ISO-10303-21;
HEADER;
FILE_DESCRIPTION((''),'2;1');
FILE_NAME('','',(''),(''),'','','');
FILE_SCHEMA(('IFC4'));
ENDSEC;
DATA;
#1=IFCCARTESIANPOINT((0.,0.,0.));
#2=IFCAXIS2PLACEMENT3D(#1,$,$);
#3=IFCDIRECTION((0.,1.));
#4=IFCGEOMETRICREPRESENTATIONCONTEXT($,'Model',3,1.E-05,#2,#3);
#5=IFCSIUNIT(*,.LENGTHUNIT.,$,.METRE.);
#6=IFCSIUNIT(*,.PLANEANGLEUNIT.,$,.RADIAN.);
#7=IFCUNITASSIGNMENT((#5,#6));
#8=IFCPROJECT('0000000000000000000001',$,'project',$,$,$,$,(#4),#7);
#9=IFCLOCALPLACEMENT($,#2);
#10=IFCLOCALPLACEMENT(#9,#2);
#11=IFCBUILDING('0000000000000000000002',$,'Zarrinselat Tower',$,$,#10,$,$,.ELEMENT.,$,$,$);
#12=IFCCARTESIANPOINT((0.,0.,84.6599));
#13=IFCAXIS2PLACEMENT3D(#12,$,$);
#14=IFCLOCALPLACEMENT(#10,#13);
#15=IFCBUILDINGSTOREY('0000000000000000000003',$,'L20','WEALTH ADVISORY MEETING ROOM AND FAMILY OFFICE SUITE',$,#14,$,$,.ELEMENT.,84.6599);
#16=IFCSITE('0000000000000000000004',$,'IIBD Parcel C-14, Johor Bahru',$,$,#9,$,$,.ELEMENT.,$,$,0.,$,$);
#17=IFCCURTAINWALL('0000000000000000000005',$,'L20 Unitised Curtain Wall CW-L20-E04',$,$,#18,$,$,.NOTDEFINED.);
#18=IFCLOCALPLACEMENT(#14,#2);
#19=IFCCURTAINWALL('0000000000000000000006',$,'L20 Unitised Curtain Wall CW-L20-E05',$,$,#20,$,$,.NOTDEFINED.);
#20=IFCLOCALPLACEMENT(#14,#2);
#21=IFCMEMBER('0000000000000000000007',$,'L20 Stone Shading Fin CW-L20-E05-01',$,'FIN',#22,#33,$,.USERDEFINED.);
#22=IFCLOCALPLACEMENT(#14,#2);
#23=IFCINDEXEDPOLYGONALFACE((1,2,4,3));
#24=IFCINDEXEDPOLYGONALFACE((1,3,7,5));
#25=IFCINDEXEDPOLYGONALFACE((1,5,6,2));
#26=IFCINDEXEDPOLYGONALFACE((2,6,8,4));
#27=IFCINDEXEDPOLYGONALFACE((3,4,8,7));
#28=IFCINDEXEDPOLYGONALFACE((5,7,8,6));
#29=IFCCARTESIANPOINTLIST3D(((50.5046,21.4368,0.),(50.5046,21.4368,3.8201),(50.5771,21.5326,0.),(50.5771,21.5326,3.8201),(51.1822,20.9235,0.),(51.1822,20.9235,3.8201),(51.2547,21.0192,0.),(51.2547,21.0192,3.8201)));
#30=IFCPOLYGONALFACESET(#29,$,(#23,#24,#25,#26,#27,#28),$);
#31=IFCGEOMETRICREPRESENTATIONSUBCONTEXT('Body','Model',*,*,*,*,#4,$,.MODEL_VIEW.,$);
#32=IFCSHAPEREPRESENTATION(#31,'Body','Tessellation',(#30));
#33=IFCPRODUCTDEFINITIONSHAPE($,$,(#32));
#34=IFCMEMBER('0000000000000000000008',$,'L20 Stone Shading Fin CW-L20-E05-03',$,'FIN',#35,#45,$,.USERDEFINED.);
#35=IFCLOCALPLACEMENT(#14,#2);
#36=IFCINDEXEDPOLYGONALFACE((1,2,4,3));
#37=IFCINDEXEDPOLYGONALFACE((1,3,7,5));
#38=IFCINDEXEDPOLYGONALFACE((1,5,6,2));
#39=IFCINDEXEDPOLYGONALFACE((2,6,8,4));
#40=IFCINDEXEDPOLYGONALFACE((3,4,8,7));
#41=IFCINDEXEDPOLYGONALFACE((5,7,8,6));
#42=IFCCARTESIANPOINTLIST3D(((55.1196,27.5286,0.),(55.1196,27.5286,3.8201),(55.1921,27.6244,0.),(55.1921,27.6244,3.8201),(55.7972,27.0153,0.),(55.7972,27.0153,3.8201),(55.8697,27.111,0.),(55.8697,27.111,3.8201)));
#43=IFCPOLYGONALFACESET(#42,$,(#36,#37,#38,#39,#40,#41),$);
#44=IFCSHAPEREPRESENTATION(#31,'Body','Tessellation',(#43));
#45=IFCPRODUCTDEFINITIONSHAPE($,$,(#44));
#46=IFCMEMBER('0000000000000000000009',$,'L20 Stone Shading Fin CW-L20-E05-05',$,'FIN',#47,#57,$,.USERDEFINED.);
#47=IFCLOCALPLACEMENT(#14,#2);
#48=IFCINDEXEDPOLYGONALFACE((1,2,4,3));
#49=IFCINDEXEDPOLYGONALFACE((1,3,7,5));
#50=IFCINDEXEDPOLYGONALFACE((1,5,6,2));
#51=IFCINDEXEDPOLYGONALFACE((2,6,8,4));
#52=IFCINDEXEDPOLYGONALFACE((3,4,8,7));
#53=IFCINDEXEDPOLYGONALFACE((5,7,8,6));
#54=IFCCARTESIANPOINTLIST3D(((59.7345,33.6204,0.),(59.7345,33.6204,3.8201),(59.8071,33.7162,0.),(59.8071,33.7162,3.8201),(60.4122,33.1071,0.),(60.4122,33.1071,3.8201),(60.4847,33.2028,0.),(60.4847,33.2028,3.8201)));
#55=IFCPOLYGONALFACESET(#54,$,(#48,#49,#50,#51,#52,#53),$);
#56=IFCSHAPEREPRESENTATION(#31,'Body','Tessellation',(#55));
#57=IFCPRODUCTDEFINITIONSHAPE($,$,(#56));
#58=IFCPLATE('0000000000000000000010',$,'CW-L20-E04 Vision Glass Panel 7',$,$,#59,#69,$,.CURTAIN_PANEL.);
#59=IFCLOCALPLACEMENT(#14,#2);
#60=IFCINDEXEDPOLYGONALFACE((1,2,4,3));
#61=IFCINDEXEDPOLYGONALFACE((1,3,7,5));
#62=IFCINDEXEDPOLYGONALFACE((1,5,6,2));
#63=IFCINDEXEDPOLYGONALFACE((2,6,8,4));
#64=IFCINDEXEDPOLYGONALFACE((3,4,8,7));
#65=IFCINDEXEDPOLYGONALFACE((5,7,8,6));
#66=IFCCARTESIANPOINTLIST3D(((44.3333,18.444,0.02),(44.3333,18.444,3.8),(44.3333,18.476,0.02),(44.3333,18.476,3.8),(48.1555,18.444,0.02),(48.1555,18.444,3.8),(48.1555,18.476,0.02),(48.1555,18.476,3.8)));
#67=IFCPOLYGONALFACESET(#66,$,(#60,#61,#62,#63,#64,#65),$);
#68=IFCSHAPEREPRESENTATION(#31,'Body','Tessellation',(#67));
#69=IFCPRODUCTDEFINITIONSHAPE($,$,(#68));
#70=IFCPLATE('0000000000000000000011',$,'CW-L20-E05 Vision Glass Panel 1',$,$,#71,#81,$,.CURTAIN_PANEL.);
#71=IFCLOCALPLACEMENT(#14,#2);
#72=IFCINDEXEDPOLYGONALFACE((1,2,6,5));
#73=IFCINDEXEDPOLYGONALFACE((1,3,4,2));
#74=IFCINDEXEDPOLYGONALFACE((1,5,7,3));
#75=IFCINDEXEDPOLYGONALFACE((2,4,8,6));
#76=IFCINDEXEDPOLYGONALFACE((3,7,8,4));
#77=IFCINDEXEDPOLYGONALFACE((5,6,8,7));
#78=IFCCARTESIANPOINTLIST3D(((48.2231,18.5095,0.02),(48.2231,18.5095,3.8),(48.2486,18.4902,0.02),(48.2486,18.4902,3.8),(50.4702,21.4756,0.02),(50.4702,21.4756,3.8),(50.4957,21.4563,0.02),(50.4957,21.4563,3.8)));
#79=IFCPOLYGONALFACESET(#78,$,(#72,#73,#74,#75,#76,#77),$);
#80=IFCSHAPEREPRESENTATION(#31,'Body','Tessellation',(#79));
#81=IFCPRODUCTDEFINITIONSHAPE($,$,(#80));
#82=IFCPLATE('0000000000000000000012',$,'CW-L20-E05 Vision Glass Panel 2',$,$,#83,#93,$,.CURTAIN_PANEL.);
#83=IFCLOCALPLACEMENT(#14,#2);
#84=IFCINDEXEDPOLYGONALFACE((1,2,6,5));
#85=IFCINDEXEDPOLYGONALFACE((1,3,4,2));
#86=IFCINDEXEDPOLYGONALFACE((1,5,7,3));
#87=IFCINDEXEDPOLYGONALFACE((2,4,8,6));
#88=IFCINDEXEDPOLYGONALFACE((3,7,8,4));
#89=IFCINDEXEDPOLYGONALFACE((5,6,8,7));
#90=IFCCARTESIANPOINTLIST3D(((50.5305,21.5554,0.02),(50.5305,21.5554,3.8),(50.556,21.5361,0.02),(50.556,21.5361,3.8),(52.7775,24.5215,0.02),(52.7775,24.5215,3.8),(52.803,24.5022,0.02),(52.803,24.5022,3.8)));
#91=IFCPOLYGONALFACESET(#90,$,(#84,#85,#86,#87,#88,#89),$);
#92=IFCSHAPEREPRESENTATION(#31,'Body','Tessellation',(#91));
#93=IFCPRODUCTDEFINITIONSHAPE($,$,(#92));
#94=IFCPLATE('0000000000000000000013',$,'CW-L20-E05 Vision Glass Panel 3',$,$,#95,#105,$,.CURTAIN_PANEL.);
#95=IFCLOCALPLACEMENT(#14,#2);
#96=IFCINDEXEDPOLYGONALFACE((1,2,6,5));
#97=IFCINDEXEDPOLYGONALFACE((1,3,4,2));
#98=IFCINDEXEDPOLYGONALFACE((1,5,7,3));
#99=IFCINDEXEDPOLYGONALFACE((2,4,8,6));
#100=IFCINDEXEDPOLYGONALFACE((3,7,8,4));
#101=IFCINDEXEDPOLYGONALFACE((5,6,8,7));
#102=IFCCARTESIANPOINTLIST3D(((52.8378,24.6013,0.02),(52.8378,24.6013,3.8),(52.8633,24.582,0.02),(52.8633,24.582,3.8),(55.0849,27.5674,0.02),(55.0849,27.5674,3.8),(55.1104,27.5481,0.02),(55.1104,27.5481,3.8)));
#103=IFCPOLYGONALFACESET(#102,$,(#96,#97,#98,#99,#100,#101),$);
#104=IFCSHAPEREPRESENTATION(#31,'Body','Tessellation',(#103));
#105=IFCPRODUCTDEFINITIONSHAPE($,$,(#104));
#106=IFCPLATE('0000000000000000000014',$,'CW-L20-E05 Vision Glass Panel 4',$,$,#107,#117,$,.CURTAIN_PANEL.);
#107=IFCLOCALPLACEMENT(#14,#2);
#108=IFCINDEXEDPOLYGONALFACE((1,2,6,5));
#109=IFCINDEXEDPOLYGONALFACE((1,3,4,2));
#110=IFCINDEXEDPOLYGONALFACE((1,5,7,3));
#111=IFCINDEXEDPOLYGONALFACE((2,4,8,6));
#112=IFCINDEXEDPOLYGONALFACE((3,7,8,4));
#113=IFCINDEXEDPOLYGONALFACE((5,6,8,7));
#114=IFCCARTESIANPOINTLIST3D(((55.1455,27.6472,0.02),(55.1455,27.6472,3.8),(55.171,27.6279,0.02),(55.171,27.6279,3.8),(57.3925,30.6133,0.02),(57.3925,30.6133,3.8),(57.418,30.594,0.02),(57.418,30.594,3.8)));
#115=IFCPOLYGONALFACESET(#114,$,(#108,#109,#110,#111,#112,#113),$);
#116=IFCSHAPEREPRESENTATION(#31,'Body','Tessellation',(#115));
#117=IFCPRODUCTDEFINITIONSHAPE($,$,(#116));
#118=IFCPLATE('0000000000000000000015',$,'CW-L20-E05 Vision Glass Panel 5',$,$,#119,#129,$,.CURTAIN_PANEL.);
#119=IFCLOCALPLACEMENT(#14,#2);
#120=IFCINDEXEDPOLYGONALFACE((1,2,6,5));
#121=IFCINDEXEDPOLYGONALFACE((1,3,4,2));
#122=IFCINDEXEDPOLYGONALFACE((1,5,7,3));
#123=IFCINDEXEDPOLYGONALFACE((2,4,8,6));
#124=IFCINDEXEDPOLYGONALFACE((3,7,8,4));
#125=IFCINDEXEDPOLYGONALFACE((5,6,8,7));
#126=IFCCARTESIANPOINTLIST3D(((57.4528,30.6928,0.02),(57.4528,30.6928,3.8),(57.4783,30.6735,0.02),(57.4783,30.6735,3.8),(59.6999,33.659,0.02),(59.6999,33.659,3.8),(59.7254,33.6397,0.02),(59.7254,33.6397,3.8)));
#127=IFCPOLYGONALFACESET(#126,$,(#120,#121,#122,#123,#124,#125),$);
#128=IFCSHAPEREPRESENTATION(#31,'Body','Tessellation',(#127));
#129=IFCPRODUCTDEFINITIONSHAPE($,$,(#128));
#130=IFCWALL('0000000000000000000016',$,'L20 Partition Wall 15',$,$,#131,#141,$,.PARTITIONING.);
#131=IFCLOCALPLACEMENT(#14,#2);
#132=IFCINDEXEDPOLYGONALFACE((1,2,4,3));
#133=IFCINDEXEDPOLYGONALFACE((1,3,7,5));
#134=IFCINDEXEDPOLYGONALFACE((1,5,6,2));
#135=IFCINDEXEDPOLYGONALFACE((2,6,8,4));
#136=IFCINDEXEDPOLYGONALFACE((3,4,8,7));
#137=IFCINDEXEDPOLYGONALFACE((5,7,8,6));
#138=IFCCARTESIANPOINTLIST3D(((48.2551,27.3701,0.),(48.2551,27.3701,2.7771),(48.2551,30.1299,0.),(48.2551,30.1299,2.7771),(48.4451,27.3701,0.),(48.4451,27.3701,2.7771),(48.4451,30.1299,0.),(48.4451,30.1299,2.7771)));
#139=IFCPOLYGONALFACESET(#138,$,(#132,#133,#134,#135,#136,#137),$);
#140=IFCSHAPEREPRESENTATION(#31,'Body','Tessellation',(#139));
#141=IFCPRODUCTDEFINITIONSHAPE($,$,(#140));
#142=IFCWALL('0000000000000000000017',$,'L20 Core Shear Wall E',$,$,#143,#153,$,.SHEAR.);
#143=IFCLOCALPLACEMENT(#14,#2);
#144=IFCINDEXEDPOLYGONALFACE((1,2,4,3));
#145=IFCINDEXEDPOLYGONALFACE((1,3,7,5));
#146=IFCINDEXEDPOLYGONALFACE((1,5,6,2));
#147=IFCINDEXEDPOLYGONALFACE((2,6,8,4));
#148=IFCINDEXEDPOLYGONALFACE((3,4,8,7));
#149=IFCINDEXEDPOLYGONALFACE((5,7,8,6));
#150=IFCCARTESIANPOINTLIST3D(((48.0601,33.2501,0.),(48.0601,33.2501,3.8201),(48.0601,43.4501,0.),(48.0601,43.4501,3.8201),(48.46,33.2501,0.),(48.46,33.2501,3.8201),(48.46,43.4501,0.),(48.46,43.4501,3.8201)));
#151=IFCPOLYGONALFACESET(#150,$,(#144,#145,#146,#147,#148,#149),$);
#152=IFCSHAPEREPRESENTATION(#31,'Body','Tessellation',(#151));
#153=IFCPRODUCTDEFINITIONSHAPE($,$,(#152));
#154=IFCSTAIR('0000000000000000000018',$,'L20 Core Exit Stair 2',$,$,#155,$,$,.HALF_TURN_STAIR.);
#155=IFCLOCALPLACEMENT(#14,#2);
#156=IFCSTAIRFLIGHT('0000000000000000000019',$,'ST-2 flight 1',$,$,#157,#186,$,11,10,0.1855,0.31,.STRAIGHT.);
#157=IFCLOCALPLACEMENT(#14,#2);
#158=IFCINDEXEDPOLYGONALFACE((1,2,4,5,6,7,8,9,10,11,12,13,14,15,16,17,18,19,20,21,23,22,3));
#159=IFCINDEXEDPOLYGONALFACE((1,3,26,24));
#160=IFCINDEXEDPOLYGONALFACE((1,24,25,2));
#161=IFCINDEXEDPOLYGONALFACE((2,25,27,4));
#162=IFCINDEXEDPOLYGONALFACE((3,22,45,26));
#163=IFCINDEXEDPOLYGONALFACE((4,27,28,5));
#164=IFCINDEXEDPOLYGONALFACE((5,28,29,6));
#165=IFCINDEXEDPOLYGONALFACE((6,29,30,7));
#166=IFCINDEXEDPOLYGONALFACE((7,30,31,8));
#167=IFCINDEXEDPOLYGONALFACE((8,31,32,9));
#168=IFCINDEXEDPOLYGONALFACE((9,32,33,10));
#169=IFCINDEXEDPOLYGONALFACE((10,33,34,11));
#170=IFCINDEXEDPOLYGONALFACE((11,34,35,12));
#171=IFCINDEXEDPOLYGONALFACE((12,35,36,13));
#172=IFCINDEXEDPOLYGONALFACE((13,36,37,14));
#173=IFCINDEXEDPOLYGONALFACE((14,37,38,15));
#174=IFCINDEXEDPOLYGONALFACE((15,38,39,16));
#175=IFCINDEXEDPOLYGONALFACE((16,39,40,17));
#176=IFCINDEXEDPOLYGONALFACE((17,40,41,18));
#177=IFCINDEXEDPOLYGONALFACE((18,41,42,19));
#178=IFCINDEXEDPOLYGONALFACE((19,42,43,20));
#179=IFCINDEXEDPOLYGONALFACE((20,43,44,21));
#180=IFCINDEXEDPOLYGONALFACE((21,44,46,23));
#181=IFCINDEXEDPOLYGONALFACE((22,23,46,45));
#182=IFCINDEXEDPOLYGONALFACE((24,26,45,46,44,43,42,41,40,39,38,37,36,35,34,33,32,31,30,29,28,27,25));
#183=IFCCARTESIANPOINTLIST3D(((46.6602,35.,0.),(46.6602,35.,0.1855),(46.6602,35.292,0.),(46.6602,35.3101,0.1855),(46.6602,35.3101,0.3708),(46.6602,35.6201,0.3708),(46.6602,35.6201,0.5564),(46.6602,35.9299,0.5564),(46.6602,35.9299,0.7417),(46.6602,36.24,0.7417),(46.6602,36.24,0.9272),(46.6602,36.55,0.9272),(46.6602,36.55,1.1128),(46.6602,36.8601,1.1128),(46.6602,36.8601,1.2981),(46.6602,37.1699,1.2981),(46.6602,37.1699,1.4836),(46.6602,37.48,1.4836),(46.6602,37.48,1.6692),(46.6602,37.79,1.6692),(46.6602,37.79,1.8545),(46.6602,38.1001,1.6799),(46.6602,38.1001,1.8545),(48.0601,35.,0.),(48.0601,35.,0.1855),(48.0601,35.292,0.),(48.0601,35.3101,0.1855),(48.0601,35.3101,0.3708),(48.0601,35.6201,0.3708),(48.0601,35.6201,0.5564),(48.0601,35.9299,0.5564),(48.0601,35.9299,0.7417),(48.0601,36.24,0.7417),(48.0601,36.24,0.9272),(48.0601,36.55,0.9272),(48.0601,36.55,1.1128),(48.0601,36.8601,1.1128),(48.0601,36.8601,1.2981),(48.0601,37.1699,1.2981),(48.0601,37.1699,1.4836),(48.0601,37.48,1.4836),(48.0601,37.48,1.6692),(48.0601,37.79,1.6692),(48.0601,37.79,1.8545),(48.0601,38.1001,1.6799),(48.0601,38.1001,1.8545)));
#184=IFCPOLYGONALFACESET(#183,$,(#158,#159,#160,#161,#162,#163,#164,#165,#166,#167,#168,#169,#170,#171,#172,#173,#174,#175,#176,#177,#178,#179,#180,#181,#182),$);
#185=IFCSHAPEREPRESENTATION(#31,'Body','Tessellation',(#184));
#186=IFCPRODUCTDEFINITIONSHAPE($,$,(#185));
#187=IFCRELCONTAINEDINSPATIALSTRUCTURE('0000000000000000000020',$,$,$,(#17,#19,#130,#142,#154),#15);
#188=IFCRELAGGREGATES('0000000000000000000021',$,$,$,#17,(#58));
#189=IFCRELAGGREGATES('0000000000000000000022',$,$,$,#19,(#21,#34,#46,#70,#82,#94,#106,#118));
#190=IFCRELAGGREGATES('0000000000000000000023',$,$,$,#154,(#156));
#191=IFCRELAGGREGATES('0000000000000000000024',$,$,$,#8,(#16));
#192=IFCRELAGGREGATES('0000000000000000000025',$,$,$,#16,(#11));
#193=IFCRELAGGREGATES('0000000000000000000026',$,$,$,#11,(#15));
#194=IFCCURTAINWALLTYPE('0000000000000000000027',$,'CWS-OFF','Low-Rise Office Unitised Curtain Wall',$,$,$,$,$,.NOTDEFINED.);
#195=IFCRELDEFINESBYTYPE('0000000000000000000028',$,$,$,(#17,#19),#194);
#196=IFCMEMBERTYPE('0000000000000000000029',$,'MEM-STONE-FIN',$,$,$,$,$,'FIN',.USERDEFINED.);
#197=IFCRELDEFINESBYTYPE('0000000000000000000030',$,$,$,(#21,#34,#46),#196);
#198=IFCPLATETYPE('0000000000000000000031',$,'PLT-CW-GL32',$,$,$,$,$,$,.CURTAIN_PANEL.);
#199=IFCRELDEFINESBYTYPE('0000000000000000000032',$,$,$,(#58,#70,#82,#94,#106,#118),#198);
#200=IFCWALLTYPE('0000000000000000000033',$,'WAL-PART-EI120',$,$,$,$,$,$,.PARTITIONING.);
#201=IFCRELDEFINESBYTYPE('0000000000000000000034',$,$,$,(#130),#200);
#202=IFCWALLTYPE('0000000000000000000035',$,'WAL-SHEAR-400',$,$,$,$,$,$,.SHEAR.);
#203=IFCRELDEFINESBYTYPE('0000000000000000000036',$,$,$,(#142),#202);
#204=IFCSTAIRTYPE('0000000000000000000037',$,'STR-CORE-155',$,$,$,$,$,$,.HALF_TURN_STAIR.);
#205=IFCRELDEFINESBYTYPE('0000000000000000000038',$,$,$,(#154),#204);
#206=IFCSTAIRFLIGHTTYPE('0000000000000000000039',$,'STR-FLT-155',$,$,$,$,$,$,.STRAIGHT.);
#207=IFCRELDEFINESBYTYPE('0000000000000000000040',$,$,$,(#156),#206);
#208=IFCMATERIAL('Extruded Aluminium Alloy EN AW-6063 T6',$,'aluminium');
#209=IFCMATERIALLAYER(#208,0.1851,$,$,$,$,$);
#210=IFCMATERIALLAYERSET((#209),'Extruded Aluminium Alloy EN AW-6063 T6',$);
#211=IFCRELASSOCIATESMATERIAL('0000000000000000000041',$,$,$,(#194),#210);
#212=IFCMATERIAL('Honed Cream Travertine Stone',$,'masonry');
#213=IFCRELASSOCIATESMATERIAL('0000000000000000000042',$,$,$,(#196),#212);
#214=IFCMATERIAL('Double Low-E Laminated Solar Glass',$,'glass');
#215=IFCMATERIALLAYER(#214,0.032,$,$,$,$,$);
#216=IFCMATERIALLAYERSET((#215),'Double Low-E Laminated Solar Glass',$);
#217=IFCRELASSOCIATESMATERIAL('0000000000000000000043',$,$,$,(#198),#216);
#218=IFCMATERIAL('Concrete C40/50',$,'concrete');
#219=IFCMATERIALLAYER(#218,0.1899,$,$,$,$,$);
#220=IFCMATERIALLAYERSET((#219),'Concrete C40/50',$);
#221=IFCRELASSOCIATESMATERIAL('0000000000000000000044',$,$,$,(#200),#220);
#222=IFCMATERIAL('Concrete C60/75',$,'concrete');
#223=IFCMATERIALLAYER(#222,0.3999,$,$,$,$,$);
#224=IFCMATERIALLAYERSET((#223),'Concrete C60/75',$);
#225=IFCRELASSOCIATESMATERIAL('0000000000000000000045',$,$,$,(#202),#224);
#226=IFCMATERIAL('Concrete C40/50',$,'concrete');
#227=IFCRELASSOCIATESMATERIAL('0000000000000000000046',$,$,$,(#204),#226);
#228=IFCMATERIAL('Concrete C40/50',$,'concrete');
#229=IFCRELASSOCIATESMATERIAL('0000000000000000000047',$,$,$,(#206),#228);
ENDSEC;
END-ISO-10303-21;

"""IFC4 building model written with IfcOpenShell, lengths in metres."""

from ifc_helpers import new_model, si_unit, direction, frame, frame_2d, origin, origin_2d, place, context, subcontext, project, spatial, polyline, rectangle, outline, extrude, material, layer, layer_set, material_profile, profile_set, type_object, element, aggregate, save


model = new_model("IFC4")

# Units and contexts
model_context = context("Model", 3, precision=1e-05, world=origin(), true_north=direction((0.0, 1.0)))
body_context = subcontext(model_context, "Body", "Model", "MODEL_VIEW")
ifc_project = project(units=[si_unit("LENGTHUNIT", "METRE"), si_unit("PLANEANGLEUNIT", "RADIAN")], contexts=[model_context])

# Site, building, storey
site_placement = place(None, origin())
site = spatial("IfcSite", under=ifc_project, at=site_placement, Name="IIBD Parcel C-14, Johor Bahru", CompositionType="ELEMENT", RefElevation=0.0)
building_placement = place(site_placement, origin())
building = spatial("IfcBuilding", under=site, at=building_placement, Name="Zarrinselat Tower", CompositionType="ELEMENT")
storey_placement = place(building_placement, frame((0.0, 0.0, 84.6599)))
storey = spatial("IfcBuildingStorey", under=building, at=storey_placement, Name="L20", Description="WEALTH ADVISORY MEETING ROOM AND FAMILY OFFICE SUITE", CompositionType="ELEMENT", Elevation=84.6599)

# Curtain wall
ifc_material_1 = material(Name="Extruded Aluminium Alloy EN AW-6063 T6", Category="aluminium")
ifc_layer_1 = layer(ifc_material_1, 0.1851)
ifc_layer_set_1 = layer_set([ifc_layer_1], Name="Extruded Aluminium Alloy EN AW-6063 T6")
curtain_wall_type = type_object("IfcCurtainWallType", Name="CWS-OFF", Description="Low-Rise Office Unitised Curtain Wall", PredefinedType="NOTDEFINED", material=ifc_layer_set_1)
curtain_wall_1_placement = place(storey_placement, origin())
curtain_wall_1 = element("IfcCurtainWall", 1, at=curtain_wall_1_placement, inside=storey, type_object=curtain_wall_type, Name="L20 Unitised Curtain Wall CW-L20-E04", PredefinedType="NOTDEFINED")

# Curtain wall, members
curtain_wall_2_placement = place(storey_placement, origin())
curtain_wall_2 = element("IfcCurtainWall", 2, at=curtain_wall_2_placement, inside=storey, type_object=curtain_wall_type, Name="L20 Unitised Curtain Wall CW-L20-E05", PredefinedType="NOTDEFINED")
ifc_material_2 = material(Name="Honed Cream Travertine Stone", Category="masonry")
ifc_material_profile_1 = material_profile(ifc_material_2, rectangle(XDim=0.1201, YDim=0.8501, at=origin_2d()), Name="FIN 850x120")
ifc_profile_set_1 = profile_set([ifc_material_profile_1], Name="Honed Cream Travertine Stone")
member_type_1 = type_object("IfcMemberType", Name="MEM-STONE-FIN", ElementType="FIN", PredefinedType="USERDEFINED", material=ifc_profile_set_1)
member_1_placement = place(storey_placement, frame((50.8796, 21.228, 0.0), z_axis=(0.0, 0.0, 1.0), x_axis=(-0.603856, -0.797094, 0.0)))
member_1 = element("IfcMember", 3, at=member_1_placement, type_object=member_type_1, Name="L20 Stone Shading Fin CW-L20-E05-01", ObjectType="FIN", PredefinedType="USERDEFINED", context=body_context, shape_type="SweptSolid", body=[
    extrude(rectangle(XDim=0.1201, YDim=0.8501, at=origin_2d()), origin(), (0.0, 0.0, 1.0), 3.8201),
])
member_2_placement = place(storey_placement, frame((55.4946, 27.3198, 0.0), z_axis=(0.0, 0.0, 1.0), x_axis=(-0.603856, -0.797094, 0.0)))
member_2 = element("IfcMember", 4, at=member_2_placement, type_object=member_type_1, Name="L20 Stone Shading Fin CW-L20-E05-03", ObjectType="FIN", PredefinedType="USERDEFINED", context=body_context, shape_type="SweptSolid", body=[
    extrude(rectangle(XDim=0.1201, YDim=0.8501, at=origin_2d()), origin(), (0.0, 0.0, 1.0), 3.8201),
])
member_3_placement = place(storey_placement, frame((60.1096, 33.4116, 0.0), z_axis=(0.0, 0.0, 1.0), x_axis=(-0.603856, -0.797094, 0.0)))
member_3 = element("IfcMember", 5, at=member_3_placement, type_object=member_type_1, Name="L20 Stone Shading Fin CW-L20-E05-05", ObjectType="FIN", PredefinedType="USERDEFINED", context=body_context, shape_type="SweptSolid", body=[
    extrude(rectangle(XDim=0.1201, YDim=0.8501, at=origin_2d()), origin(), (0.0, 0.0, 1.0), 3.8201),
])

# Plates
ifc_material_3 = material(Name="Double Low-E Laminated Solar Glass", Category="glass")
ifc_layer_2 = layer(ifc_material_3, 0.032)
ifc_layer_set_2 = layer_set([ifc_layer_2], Name="Double Low-E Laminated Solar Glass")
plate_type = type_object("IfcPlateType", Name="PLT-CW-GL32", PredefinedType="CURTAIN_PANEL", material=ifc_layer_set_2)
plate_1_placement = place(storey_placement, frame((46.2444, 18.46, 0.02), z_axis=(0.0, 0.0, 1.0), x_axis=(1.0, 0.0, 0.0)))
plate_1 = element("IfcPlate", 6, at=plate_1_placement, type_object=plate_type, Name="CW-L20-E04 Vision Glass Panel 7", PredefinedType="CURTAIN_PANEL", context=body_context, shape_type="SweptSolid", body=[
    extrude(rectangle(XDim=3.8223, YDim=0.032, at=origin_2d()), origin(), (0.0, 0.0, 1.0), 3.78),
])
aggregate(curtain_wall_1, [plate_1])
plate_2_placement = place(storey_placement, frame((49.3594, 19.9829, 0.02), z_axis=(0.0, 0.0, 1.0), x_axis=(0.603856, 0.797094, 0.0)))
plate_2 = element("IfcPlate", 7, at=plate_2_placement, type_object=plate_type, Name="CW-L20-E05 Vision Glass Panel 1", PredefinedType="CURTAIN_PANEL", context=body_context, shape_type="SweptSolid", body=[
    extrude(rectangle(XDim=3.7212, YDim=0.032, at=origin_2d()), origin(), (0.0, 0.0, 1.0), 3.78),
])
plate_3_placement = place(storey_placement, frame((51.6667, 23.0288, 0.02), z_axis=(0.0, 0.0, 1.0), x_axis=(0.603856, 0.797094, 0.0)))
plate_3 = element("IfcPlate", 8, at=plate_3_placement, type_object=plate_type, Name="CW-L20-E05 Vision Glass Panel 2", PredefinedType="CURTAIN_PANEL", context=body_context, shape_type="SweptSolid", body=[
    extrude(rectangle(XDim=3.7212, YDim=0.032, at=origin_2d()), origin(), (0.0, 0.0, 1.0), 3.78),
])
plate_4_placement = place(storey_placement, frame((53.9741, 26.0747, 0.02), z_axis=(0.0, 0.0, 1.0), x_axis=(0.603856, 0.797094, 0.0)))
plate_4 = element("IfcPlate", 9, at=plate_4_placement, type_object=plate_type, Name="CW-L20-E05 Vision Glass Panel 3", PredefinedType="CURTAIN_PANEL", context=body_context, shape_type="SweptSolid", body=[
    extrude(rectangle(XDim=3.7212, YDim=0.032, at=origin_2d()), origin(), (0.0, 0.0, 1.0), 3.78),
])
plate_5_placement = place(storey_placement, frame((56.2817, 29.1206, 0.02), z_axis=(0.0, 0.0, 1.0), x_axis=(0.603856, 0.797094, 0.0)))
plate_5 = element("IfcPlate", 10, at=plate_5_placement, type_object=plate_type, Name="CW-L20-E05 Vision Glass Panel 4", PredefinedType="CURTAIN_PANEL", context=body_context, shape_type="SweptSolid", body=[
    extrude(rectangle(XDim=3.7212, YDim=0.032, at=origin_2d()), origin(), (0.0, 0.0, 1.0), 3.78),
])
plate_6_placement = place(storey_placement, frame((58.5891, 32.1663, 0.02), z_axis=(0.0, 0.0, 1.0), x_axis=(0.603856, 0.797094, 0.0)))
plate_6 = element("IfcPlate", 11, at=plate_6_placement, type_object=plate_type, Name="CW-L20-E05 Vision Glass Panel 5", PredefinedType="CURTAIN_PANEL", context=body_context, shape_type="SweptSolid", body=[
    extrude(rectangle(XDim=3.7212, YDim=0.032, at=origin_2d()), origin(), (0.0, 0.0, 1.0), 3.78),
])
aggregate(curtain_wall_2, [member_1, member_2, member_3, plate_2, plate_3, plate_4, plate_5, plate_6])

# Walls
ifc_material_4 = material(Name="Concrete C40/50", Category="concrete")
ifc_layer_3 = layer(ifc_material_4, 0.1899)
ifc_layer_set_3 = layer_set([ifc_layer_3], Name="Concrete C40/50")
wall_type_1 = type_object("IfcWallType", Name="WAL-PART-EI120", PredefinedType="PARTITIONING", material=ifc_layer_set_3)
wall_1_placement = place(storey_placement, frame((48.3501, 27.3701, 0.0), z_axis=(0.0, 0.0, 1.0), x_axis=(0.0, 1.0, 0.0)))
element("IfcWall", 12, at=wall_1_placement, inside=storey, type_object=wall_type_1, Name="L20 Partition Wall 15", PredefinedType="PARTITIONING", context=body_context, shape_type="SweptSolid", body=[
    extrude(rectangle(XDim=2.7598, YDim=0.1899, at=frame_2d((1.3799, 0.0))), origin(), (0.0, 0.0, 1.0), 2.7771),
])
ifc_material_5 = material(Name="Concrete C60/75", Category="concrete")
ifc_layer_4 = layer(ifc_material_5, 0.3999)
ifc_layer_set_4 = layer_set([ifc_layer_4], Name="Concrete C60/75")
wall_type_2 = type_object("IfcWallType", Name="WAL-SHEAR-400", PredefinedType="SHEAR", material=ifc_layer_set_4)
wall_2_placement = place(storey_placement, frame((48.26, 33.25, 0.0), z_axis=(0.0, 0.0, 1.0), x_axis=(0.0, 1.0, 0.0)))
element("IfcWall", 13, at=wall_2_placement, inside=storey, type_object=wall_type_2, Name="L20 Core Shear Wall E", PredefinedType="SHEAR", context=body_context, shape_type="SweptSolid", body=[
    extrude(rectangle(XDim=10.2, YDim=0.3999, at=frame_2d((5.1001, 0.0))), origin(), (0.0, 0.0, 1.0), 3.8201),
])

# Stair, stair flight
ifc_material_6 = material(Name="Concrete C40/50", Category="concrete")
stair_type = type_object("IfcStairType", Name="STR-CORE-155", PredefinedType="HALF_TURN_STAIR", material=ifc_material_6)
stair_placement = place(storey_placement, origin())
stair = element("IfcStair", 14, at=stair_placement, inside=storey, type_object=stair_type, Name="L20 Core Exit Stair 2", PredefinedType="HALF_TURN_STAIR")
ifc_material_7 = material(Name="Concrete C40/50", Category="concrete")
stair_flight_type = type_object("IfcStairFlightType", Name="STR-FLT-155", PredefinedType="STRAIGHT", material=ifc_material_7)
stair_flight_placement = place(storey_placement, frame((47.3601, 35.0, 0.0), z_axis=(0.0, 0.0, 1.0), x_axis=(0.0, 1.0, 0.0)))
stair_flight = element("IfcStairFlight", 15, at=stair_flight_placement, type_object=stair_flight_type, Name="ST-2 flight 1", NumberOfRisers=11, NumberOfTreads=10, PredefinedType="STRAIGHT", RiserHeight=0.1855, TreadLength=0.31, context=body_context, shape_type="SweptSolid", body=[
    extrude(outline(polyline([(0.0, 0.0), (0.0, 0.1855), (0.3101, 0.1855), (0.3101, 0.3708), (0.6201, 0.3708), (0.6201, 0.5564), (0.9299, 0.5564), (0.9299, 0.7417), (1.24, 0.7417), (1.24, 0.9272), (1.55, 0.9272), (1.55, 1.1128), (1.8601, 1.1128), (1.8601, 1.2981), (2.1699, 1.2981), (2.1699, 1.4836), (2.48, 1.4836), (2.48, 1.6692), (2.79, 1.6692), (2.79, 1.8545), (3.1001, 1.8545), (3.1001, 2.04), (3.1001, 1.6799), (0.292, 0.0), (0.0, 0.0)])), frame((0.0, 0.7, 0.0), z_axis=(0.0, -1.0, 0.0), x_axis=(1.0, 0.0, 0.0)), (0.0, 0.0, 1.0), 1.3999),
])
aggregate(stair, [stair_flight])

save(model, "model.ifc")
